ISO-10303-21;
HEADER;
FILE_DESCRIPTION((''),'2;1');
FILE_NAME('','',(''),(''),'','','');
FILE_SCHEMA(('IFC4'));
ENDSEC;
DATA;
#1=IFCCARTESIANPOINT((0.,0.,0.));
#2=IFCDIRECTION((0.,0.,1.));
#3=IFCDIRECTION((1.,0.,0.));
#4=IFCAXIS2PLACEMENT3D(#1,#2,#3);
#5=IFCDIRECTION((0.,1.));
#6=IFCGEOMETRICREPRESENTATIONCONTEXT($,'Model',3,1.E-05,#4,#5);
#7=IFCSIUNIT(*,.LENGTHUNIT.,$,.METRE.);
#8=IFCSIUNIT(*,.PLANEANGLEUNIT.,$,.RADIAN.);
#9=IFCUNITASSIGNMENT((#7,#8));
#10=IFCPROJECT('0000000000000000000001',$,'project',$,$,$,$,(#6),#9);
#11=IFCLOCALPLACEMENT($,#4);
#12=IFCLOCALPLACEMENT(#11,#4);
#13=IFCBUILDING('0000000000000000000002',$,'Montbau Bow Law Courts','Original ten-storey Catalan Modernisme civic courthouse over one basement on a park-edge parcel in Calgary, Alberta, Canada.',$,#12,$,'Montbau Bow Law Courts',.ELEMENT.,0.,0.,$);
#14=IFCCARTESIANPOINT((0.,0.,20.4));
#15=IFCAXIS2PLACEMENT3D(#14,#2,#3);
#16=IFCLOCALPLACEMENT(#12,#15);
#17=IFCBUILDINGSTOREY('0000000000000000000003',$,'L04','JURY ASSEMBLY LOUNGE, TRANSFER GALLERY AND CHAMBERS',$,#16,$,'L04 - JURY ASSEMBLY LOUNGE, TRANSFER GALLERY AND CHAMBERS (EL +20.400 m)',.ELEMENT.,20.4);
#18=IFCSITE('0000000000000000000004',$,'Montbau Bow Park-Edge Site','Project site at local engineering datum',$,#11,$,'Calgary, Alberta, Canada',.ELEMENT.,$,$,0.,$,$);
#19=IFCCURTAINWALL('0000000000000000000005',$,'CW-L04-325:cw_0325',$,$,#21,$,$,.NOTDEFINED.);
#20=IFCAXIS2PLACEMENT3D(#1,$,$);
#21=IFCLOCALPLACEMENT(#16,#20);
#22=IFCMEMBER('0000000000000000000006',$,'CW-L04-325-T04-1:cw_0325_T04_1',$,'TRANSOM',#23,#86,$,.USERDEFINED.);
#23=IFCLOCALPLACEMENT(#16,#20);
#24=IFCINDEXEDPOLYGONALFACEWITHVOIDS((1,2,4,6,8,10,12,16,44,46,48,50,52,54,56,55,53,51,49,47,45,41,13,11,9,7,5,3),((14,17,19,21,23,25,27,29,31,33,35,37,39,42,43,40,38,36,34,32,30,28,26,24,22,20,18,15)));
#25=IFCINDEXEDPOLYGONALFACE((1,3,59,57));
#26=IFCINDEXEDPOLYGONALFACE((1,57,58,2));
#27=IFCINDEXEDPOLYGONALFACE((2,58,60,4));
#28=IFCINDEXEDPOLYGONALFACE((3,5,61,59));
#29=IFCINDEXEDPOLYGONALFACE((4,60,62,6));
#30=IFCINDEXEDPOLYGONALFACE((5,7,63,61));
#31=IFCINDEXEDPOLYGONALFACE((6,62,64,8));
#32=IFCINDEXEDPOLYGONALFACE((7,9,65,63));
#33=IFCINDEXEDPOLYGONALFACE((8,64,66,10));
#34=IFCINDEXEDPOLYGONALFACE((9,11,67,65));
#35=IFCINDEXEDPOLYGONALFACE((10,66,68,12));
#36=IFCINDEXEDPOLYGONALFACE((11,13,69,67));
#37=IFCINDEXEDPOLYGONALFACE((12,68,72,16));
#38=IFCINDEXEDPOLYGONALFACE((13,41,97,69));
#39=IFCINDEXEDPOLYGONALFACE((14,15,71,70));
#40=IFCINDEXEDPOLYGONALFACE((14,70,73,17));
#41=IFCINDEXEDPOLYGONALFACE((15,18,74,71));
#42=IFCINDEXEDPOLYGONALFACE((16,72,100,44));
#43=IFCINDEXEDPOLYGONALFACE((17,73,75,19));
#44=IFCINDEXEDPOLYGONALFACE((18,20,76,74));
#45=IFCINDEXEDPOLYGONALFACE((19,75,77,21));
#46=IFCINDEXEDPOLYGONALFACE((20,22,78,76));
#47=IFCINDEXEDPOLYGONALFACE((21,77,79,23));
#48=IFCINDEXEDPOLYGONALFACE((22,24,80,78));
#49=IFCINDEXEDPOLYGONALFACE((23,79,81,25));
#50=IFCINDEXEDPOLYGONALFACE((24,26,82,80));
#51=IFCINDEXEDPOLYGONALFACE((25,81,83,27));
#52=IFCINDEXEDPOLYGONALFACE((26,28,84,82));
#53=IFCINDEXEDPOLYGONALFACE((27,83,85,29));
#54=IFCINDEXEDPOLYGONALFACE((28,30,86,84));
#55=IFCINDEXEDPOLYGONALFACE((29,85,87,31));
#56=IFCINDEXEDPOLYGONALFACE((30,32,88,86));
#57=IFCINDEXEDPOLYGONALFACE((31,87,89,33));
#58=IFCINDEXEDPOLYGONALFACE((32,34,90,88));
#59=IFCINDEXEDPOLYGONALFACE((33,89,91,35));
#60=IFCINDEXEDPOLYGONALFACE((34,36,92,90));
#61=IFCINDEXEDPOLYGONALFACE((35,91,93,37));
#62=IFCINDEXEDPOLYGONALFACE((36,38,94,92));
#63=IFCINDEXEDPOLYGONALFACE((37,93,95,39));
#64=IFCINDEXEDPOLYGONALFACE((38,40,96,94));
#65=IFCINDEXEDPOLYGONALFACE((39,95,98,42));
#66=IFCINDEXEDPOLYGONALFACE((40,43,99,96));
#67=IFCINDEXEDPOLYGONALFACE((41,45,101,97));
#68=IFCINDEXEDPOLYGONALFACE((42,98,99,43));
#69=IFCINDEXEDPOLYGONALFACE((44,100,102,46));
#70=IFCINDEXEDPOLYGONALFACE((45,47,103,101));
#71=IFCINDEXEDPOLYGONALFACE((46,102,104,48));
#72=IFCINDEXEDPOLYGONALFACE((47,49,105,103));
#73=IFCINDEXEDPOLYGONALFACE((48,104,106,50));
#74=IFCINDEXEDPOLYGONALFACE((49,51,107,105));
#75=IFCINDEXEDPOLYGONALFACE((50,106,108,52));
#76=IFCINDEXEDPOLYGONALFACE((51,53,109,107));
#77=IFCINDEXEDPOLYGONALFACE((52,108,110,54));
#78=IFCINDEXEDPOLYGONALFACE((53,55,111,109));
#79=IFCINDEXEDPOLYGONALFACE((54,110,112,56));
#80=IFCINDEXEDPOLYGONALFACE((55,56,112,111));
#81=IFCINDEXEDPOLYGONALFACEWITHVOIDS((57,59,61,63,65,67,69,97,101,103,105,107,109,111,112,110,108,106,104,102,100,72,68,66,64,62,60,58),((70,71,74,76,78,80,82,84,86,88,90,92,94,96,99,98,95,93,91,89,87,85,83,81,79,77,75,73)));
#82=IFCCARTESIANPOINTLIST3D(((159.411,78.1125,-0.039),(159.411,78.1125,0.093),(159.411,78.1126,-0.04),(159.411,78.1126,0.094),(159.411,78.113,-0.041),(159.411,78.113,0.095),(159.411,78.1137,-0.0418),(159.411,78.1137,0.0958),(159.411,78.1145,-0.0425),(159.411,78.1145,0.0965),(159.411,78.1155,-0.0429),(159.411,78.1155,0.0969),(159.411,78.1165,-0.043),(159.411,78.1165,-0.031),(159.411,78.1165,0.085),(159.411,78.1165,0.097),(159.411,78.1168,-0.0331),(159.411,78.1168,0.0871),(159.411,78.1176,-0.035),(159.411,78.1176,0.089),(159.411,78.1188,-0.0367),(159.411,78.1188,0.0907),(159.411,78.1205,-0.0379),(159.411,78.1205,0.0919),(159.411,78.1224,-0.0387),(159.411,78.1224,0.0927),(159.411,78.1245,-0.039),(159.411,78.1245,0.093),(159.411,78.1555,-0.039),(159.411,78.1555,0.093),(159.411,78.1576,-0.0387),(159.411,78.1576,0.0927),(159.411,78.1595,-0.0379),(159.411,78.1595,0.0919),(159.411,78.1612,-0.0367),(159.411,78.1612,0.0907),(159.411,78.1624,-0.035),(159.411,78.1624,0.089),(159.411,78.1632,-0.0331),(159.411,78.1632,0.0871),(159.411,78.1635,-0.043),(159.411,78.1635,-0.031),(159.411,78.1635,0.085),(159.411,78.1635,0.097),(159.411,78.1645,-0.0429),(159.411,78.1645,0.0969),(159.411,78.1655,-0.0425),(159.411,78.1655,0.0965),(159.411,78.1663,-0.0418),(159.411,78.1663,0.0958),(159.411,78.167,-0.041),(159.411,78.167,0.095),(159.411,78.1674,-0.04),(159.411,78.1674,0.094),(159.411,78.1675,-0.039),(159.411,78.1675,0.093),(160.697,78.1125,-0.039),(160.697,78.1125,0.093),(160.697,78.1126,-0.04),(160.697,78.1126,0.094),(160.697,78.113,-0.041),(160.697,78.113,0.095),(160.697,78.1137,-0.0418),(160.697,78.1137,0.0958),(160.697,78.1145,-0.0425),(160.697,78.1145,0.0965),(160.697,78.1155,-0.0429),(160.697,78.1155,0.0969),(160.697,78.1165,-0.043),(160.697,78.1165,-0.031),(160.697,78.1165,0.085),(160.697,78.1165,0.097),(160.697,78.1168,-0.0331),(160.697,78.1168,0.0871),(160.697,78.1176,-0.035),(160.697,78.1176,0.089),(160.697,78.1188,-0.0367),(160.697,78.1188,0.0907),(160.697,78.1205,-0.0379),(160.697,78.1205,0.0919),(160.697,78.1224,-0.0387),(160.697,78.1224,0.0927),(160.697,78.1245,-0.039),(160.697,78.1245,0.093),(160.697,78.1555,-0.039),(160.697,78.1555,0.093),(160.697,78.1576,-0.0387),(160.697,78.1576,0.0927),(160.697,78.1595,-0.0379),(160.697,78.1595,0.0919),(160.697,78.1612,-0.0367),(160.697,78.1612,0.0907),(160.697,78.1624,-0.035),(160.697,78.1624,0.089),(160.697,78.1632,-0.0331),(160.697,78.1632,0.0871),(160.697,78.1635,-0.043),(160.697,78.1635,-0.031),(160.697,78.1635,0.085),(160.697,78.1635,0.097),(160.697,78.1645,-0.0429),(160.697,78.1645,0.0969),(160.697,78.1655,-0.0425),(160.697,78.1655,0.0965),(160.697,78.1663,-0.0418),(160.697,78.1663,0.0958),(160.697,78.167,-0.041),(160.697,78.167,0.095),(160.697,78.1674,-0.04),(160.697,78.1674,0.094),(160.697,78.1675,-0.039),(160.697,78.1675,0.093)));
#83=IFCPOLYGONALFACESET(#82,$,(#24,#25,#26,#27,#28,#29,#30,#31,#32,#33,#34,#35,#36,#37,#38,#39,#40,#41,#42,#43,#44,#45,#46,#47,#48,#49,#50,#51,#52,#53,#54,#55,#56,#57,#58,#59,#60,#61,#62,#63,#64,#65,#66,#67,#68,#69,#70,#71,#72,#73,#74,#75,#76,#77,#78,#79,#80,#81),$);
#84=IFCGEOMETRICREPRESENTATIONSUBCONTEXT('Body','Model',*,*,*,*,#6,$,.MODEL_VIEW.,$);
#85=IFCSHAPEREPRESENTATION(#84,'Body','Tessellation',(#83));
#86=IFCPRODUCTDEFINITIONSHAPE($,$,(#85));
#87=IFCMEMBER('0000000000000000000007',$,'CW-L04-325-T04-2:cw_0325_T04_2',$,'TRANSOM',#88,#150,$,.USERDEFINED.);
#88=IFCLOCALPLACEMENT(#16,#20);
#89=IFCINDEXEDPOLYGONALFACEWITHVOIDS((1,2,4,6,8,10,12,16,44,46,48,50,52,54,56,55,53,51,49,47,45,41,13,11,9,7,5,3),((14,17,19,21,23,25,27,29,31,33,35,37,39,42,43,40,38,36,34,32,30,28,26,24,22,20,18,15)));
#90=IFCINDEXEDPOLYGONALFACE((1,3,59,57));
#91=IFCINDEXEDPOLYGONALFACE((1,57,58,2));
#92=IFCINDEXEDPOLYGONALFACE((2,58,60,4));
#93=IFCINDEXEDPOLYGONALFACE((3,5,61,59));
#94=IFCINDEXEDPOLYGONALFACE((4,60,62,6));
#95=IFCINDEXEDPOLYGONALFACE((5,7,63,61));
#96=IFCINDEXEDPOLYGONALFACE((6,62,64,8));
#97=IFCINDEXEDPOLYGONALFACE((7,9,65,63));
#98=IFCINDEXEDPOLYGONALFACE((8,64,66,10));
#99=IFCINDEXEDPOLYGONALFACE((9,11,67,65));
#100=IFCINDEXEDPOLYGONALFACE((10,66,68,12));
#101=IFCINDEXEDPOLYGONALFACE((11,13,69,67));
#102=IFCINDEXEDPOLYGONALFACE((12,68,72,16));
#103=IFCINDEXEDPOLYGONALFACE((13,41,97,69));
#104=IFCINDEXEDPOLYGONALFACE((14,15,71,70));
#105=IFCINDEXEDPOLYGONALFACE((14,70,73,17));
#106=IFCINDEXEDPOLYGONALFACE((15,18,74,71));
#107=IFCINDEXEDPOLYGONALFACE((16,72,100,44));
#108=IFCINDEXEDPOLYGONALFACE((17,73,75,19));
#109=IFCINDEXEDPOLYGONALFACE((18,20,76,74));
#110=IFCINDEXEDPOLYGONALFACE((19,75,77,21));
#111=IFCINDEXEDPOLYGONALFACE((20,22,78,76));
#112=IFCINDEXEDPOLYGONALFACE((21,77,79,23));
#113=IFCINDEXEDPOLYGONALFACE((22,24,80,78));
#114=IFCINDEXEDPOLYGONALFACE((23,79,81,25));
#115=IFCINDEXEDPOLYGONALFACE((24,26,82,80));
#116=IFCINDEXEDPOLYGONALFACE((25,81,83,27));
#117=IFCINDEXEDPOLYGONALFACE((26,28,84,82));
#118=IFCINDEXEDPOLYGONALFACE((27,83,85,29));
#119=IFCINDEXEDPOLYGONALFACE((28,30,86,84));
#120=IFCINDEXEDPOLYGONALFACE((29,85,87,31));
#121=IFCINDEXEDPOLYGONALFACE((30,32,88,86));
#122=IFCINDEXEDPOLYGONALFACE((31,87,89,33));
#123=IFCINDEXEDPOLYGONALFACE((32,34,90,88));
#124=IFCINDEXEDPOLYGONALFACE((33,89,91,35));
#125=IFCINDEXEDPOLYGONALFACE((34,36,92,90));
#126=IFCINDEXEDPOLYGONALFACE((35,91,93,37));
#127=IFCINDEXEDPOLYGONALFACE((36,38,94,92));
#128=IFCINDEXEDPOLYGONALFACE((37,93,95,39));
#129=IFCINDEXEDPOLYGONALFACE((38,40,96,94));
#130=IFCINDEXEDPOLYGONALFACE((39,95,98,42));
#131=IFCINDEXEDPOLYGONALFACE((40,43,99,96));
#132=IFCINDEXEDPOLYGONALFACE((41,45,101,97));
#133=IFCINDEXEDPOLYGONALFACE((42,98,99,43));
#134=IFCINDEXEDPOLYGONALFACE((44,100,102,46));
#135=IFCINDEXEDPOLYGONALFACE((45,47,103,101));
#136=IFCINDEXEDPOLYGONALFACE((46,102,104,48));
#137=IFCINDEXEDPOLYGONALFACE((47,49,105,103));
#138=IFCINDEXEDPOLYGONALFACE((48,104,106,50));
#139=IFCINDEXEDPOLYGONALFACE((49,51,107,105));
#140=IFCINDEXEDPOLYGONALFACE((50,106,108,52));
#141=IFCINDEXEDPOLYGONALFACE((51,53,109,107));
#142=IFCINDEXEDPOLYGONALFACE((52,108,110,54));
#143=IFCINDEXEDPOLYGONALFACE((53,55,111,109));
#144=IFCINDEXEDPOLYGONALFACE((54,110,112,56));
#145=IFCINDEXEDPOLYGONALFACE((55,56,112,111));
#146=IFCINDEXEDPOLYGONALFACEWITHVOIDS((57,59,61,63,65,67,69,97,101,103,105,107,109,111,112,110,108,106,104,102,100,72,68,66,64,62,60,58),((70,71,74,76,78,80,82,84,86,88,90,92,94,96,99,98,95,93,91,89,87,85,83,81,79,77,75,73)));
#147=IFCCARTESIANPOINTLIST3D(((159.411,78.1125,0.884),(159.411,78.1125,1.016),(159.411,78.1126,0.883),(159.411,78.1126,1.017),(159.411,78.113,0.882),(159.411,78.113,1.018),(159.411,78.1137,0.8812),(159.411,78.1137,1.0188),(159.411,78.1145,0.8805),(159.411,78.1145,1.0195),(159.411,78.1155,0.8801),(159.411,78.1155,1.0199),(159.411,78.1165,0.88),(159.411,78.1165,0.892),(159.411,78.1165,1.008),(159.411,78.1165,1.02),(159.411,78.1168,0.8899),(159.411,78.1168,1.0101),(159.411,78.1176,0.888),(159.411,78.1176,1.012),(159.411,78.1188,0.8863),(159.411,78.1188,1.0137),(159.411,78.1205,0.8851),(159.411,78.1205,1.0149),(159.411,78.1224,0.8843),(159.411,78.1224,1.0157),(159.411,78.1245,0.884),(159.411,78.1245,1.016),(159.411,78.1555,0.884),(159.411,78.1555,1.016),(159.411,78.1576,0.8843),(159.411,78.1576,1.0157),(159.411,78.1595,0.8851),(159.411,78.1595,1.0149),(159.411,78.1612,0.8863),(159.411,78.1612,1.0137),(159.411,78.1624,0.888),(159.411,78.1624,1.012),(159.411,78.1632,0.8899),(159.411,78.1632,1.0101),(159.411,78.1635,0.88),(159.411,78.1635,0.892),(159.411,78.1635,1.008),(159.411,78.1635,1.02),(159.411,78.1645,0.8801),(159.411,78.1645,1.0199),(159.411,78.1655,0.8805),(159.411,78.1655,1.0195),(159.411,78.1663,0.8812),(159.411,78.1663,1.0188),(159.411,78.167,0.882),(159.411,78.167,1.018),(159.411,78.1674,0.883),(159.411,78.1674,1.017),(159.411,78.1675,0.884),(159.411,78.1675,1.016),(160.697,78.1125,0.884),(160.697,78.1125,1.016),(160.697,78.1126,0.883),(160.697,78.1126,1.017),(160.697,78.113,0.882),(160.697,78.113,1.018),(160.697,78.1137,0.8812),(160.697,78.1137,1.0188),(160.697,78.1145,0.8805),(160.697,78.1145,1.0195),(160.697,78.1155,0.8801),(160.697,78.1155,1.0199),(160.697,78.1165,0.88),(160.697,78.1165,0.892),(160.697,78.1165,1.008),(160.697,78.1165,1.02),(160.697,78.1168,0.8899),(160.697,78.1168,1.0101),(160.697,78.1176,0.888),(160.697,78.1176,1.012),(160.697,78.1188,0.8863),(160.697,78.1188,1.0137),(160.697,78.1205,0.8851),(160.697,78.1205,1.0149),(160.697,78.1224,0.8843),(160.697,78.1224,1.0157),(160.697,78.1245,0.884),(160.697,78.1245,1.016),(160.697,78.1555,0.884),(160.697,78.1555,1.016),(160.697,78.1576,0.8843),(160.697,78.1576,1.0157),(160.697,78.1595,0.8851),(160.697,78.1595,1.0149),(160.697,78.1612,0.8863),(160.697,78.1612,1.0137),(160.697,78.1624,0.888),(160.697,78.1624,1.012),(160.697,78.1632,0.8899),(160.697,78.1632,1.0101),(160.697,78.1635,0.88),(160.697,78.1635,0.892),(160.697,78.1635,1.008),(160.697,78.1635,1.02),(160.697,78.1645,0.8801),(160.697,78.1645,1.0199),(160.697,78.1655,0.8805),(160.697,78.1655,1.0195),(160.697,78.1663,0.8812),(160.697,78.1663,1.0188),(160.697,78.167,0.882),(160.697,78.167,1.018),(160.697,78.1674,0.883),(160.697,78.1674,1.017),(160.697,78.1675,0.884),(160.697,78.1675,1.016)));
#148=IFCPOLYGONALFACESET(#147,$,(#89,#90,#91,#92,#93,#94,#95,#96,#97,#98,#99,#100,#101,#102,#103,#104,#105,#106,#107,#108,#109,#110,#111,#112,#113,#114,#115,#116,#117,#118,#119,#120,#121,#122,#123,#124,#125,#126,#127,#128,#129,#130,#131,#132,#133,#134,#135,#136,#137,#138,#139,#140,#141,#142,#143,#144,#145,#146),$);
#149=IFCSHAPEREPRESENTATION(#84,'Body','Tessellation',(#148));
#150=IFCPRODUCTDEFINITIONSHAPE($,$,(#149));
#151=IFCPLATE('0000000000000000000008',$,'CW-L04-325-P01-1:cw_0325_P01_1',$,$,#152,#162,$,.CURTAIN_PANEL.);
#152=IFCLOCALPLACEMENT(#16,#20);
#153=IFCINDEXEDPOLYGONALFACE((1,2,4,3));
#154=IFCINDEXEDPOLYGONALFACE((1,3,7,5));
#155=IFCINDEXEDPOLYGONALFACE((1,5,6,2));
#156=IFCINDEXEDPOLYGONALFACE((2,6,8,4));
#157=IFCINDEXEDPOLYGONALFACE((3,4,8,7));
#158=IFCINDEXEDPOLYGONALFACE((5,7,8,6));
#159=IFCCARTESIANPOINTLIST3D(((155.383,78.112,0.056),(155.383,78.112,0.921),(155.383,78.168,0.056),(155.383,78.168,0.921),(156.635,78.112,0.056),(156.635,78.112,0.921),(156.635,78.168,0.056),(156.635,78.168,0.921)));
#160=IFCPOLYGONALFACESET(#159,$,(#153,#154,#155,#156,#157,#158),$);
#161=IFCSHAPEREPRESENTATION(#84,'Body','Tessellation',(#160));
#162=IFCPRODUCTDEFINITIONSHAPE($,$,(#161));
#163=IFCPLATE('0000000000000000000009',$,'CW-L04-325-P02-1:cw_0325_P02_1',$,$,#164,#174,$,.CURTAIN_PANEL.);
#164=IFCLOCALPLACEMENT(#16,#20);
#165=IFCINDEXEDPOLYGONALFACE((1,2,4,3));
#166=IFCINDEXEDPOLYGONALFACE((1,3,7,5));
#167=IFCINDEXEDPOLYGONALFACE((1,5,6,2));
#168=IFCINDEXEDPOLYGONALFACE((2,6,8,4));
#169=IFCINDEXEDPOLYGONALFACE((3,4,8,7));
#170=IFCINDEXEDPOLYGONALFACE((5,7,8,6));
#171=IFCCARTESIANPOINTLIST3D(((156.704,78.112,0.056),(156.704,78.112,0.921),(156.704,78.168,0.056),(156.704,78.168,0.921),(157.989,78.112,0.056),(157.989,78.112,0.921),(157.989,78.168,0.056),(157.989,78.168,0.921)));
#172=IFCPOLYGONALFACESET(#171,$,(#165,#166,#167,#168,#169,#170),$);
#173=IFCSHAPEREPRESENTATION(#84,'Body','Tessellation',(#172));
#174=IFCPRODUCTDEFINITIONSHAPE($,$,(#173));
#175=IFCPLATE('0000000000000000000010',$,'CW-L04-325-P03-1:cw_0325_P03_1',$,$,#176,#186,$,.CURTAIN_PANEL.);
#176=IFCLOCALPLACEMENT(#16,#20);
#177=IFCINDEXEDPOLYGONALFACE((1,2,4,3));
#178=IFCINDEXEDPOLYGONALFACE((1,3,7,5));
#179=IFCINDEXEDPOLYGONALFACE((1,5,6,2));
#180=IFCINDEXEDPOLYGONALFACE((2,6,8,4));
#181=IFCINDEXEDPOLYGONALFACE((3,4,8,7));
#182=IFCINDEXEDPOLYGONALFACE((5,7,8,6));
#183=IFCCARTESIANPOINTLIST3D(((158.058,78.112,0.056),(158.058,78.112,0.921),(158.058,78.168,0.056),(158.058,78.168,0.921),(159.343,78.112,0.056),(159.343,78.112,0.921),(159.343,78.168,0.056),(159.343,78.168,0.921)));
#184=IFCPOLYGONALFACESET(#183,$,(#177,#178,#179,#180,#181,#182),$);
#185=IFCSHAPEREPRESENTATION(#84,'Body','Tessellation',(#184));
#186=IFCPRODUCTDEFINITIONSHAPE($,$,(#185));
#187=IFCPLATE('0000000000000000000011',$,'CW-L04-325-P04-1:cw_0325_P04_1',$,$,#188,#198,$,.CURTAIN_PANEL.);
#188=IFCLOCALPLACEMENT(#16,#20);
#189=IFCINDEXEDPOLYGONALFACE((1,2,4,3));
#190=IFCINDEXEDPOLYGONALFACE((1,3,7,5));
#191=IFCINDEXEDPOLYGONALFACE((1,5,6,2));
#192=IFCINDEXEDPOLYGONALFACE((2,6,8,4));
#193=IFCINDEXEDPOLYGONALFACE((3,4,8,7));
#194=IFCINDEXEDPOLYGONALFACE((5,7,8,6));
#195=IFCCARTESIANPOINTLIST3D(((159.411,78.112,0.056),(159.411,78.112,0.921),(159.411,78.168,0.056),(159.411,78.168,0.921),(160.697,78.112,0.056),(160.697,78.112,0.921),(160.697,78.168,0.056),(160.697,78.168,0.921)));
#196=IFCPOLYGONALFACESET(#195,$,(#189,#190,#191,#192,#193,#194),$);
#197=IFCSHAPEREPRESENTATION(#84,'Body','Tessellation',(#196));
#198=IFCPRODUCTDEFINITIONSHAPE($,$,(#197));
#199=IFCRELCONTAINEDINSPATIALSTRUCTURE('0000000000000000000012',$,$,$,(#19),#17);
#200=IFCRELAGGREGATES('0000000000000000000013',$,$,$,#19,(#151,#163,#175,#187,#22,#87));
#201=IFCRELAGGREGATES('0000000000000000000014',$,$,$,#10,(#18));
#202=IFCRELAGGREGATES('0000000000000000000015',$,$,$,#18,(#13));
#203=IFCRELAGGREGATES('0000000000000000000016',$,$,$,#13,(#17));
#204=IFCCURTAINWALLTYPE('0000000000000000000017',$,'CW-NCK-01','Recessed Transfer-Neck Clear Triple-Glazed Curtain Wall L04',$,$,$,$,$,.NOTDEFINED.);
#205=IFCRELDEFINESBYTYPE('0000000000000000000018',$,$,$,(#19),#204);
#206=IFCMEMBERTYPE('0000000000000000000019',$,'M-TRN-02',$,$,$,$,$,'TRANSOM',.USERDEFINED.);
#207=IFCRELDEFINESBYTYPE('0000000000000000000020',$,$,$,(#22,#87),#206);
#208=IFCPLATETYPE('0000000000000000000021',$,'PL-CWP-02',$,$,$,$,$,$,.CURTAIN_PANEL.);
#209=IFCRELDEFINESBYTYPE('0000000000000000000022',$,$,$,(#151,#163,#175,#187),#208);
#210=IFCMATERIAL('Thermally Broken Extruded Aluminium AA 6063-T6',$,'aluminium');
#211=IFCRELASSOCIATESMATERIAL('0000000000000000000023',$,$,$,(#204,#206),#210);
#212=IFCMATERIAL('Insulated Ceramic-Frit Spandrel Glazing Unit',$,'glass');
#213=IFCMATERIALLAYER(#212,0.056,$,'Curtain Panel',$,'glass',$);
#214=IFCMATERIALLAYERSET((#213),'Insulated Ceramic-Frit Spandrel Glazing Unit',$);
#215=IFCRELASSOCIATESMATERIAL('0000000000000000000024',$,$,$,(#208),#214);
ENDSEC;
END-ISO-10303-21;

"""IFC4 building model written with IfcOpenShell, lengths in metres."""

from ifc_helpers import new_model, si_unit, direction, frame, frame_2d, origin_with_axes, origin_2d_with_axis, place, context, subcontext, project, spatial, rectangle, hollow_rectangle, extrude, material, layer, layer_set, material_profile, profile_set, type_object, element, aggregate, save


model = new_model("IFC4")

# Units and contexts
model_context = context("Model", 3, precision=1e-05, world=origin_with_axes(), true_north=direction((0.0, 1.0)))
body_context = subcontext(model_context, "Body", "Model", "MODEL_VIEW")
ifc_project = project(units=[si_unit("LENGTHUNIT", "METRE"), si_unit("PLANEANGLEUNIT", "RADIAN")], contexts=[model_context])

# Site, building, storey
site_placement = place(None, origin_with_axes())
site = spatial("IfcSite", under=ifc_project, at=site_placement, Name="Montbau Bow Park-Edge Site", Description="Project site at local engineering datum", LongName="Calgary, Alberta, Canada", CompositionType="ELEMENT", RefElevation=0.0)
building_placement = place(site_placement, origin_with_axes())
building = spatial("IfcBuilding", under=site, at=building_placement, Name="Montbau Bow Law Courts", Description="Original ten-storey Catalan Modernisme civic courthouse over one basement on a park-edge parcel in Calgary, Alberta, Canada.", LongName="Montbau Bow Law Courts", CompositionType="ELEMENT", ElevationOfRefHeight=0.0, ElevationOfTerrain=0.0)
storey_placement = place(building_placement, frame((0.0, 0.0, 20.4), z_axis=(0.0, 0.0, 1.0), x_axis=(1.0, 0.0, 0.0)))
storey = spatial("IfcBuildingStorey", under=building, at=storey_placement, Name="L04", Description="JURY ASSEMBLY LOUNGE, TRANSFER GALLERY AND CHAMBERS", LongName="L04 - JURY ASSEMBLY LOUNGE, TRANSFER GALLERY AND CHAMBERS (EL +20.400 m)", CompositionType="ELEMENT", Elevation=20.4)

# Curtain wall, members, plates
ifc_material_1 = material(Name="Thermally Broken Extruded Aluminium AA 6063-T6", Category="aluminium")
curtain_wall_type = type_object("IfcCurtainWallType", Name="CW-NCK-01", Description="Recessed Transfer-Neck Clear Triple-Glazed Curtain Wall L04", PredefinedType="NOTDEFINED", material=ifc_material_1)
curtain_wall_placement = place(None, frame((155.315, 78.14, 20.4), z_axis=(0.0, 0.0, 1.0), x_axis=(1.0, 0.0, 0.0)))
curtain_wall = element("IfcCurtainWall", 1, at=curtain_wall_placement, inside=storey, type_object=curtain_wall_type, Name="CW-L04-325:cw_0325", PredefinedType="NOTDEFINED")
ifc_material_profile_1 = material_profile(ifc_material_1, hollow_rectangle(XDim=0.055, YDim=0.14, WallThickness=0.004, InnerFilletRadius=0.008, OuterFilletRadius=0.004, at=origin_2d_with_axis()), Name="CWT-140X55", Category="Main", Priority=0)
ifc_profile_set_1 = profile_set([ifc_material_profile_1], Name="Thermally Broken Extruded Aluminium AA 6063-T6")
member_type_1 = type_object("IfcMemberType", Name="M-TRN-02", ElementType="TRANSOM", PredefinedType="USERDEFINED", material=ifc_profile_set_1)
member_1_placement = place(None, frame((159.411, 78.14, 20.427), z_axis=(1.0, 0.0, 0.0), x_axis=(0.0, 1.0, 0.0)))
member_1 = element("IfcMember", 2, at=member_1_placement, type_object=member_type_1, Name="CW-L04-325-T04-1:cw_0325_T04_1", ObjectType="TRANSOM", PredefinedType="USERDEFINED", context=body_context, shape_type="SweptSolid", body=[
    extrude(hollow_rectangle(XDim=0.055, YDim=0.14, WallThickness=0.004, InnerFilletRadius=0.008, OuterFilletRadius=0.004, at=origin_2d_with_axis()), origin_with_axes(), (0.0, 0.0, 1.0), 1.286),
])
member_2_placement = place(None, frame((159.411, 78.14, 21.35), z_axis=(1.0, 0.0, 0.0), x_axis=(0.0, 1.0, 0.0)))
member_2 = element("IfcMember", 3, at=member_2_placement, type_object=member_type_1, Name="CW-L04-325-T04-2:cw_0325_T04_2", ObjectType="TRANSOM", PredefinedType="USERDEFINED", context=body_context, shape_type="SweptSolid", body=[
    extrude(hollow_rectangle(XDim=0.055, YDim=0.14, WallThickness=0.004, InnerFilletRadius=0.008, OuterFilletRadius=0.004, at=origin_2d_with_axis()), origin_with_axes(), (0.0, 0.0, 1.0), 1.286),
])
ifc_material_2 = material(Name="Insulated Ceramic-Frit Spandrel Glazing Unit", Category="glass")
ifc_layer_1 = layer(ifc_material_2, 0.056, Name="Curtain Panel", Category="glass")
ifc_layer_set_1 = layer_set([ifc_layer_1], Name="Insulated Ceramic-Frit Spandrel Glazing Unit")
plate_type_1 = type_object("IfcPlateType", Name="PL-CWP-02", PredefinedType="CURTAIN_PANEL", material=ifc_layer_set_1)
plate_1_placement = place(None, frame((155.383, 78.14, 20.456), z_axis=(0.0, -1.0, 0.0), x_axis=(1.0, 0.0, 0.0)))
plate_1 = element("IfcPlate", 4, at=plate_1_placement, type_object=plate_type_1, Name="CW-L04-325-P01-1:cw_0325_P01_1", PredefinedType="CURTAIN_PANEL", context=body_context, shape_type="SweptSolid", body=[
    extrude(rectangle(XDim=1.252, YDim=0.865, at=frame_2d((0.626, 0.4325), x_axis=(1.0, 0.0))), frame((0.0, 0.0, -0.028), z_axis=(0.0, 0.0, 1.0), x_axis=(1.0, 0.0, 0.0)), (0.0, 0.0, 1.0), 0.056),
])
plate_2_placement = place(None, frame((156.704, 78.14, 20.456), z_axis=(0.0, -1.0, 0.0), x_axis=(1.0, 0.0, 0.0)))
plate_2 = element("IfcPlate", 5, at=plate_2_placement, type_object=plate_type_1, Name="CW-L04-325-P02-1:cw_0325_P02_1", PredefinedType="CURTAIN_PANEL", context=body_context, shape_type="SweptSolid", body=[
    extrude(rectangle(XDim=1.285, YDim=0.865, at=frame_2d((0.6425, 0.4325), x_axis=(1.0, 0.0))), frame((0.0, 0.0, -0.028), z_axis=(0.0, 0.0, 1.0), x_axis=(1.0, 0.0, 0.0)), (0.0, 0.0, 1.0), 0.056),
])
plate_3_placement = place(None, frame((158.058, 78.14, 20.456), z_axis=(0.0, -1.0, 0.0), x_axis=(1.0, 0.0, 0.0)))
plate_3 = element("IfcPlate", 6, at=plate_3_placement, type_object=plate_type_1, Name="CW-L04-325-P03-1:cw_0325_P03_1", PredefinedType="CURTAIN_PANEL", context=body_context, shape_type="SweptSolid", body=[
    extrude(rectangle(XDim=1.285, YDim=0.865, at=frame_2d((0.6425, 0.4325), x_axis=(1.0, 0.0))), frame((0.0, 0.0, -0.028), z_axis=(0.0, 0.0, 1.0), x_axis=(1.0, 0.0, 0.0)), (0.0, 0.0, 1.0), 0.056),
])
plate_4_placement = place(None, frame((159.411, 78.14, 20.456), z_axis=(0.0, -1.0, 0.0), x_axis=(1.0, 0.0, 0.0)))
plate_4 = element("IfcPlate", 7, at=plate_4_placement, type_object=plate_type_1, Name="CW-L04-325-P04-1:cw_0325_P04_1", PredefinedType="CURTAIN_PANEL", context=body_context, shape_type="SweptSolid", body=[
    extrude(rectangle(XDim=1.286, YDim=0.865, at=frame_2d((0.643, 0.4325), x_axis=(1.0, 0.0))), frame((0.0, 0.0, -0.028), z_axis=(0.0, 0.0, 1.0), x_axis=(1.0, 0.0, 0.0)), (0.0, 0.0, 1.0), 0.056),
])
aggregate(curtain_wall, [plate_1, plate_2, plate_3, plate_4, member_1, member_2])

save(model, "model.ifc")
